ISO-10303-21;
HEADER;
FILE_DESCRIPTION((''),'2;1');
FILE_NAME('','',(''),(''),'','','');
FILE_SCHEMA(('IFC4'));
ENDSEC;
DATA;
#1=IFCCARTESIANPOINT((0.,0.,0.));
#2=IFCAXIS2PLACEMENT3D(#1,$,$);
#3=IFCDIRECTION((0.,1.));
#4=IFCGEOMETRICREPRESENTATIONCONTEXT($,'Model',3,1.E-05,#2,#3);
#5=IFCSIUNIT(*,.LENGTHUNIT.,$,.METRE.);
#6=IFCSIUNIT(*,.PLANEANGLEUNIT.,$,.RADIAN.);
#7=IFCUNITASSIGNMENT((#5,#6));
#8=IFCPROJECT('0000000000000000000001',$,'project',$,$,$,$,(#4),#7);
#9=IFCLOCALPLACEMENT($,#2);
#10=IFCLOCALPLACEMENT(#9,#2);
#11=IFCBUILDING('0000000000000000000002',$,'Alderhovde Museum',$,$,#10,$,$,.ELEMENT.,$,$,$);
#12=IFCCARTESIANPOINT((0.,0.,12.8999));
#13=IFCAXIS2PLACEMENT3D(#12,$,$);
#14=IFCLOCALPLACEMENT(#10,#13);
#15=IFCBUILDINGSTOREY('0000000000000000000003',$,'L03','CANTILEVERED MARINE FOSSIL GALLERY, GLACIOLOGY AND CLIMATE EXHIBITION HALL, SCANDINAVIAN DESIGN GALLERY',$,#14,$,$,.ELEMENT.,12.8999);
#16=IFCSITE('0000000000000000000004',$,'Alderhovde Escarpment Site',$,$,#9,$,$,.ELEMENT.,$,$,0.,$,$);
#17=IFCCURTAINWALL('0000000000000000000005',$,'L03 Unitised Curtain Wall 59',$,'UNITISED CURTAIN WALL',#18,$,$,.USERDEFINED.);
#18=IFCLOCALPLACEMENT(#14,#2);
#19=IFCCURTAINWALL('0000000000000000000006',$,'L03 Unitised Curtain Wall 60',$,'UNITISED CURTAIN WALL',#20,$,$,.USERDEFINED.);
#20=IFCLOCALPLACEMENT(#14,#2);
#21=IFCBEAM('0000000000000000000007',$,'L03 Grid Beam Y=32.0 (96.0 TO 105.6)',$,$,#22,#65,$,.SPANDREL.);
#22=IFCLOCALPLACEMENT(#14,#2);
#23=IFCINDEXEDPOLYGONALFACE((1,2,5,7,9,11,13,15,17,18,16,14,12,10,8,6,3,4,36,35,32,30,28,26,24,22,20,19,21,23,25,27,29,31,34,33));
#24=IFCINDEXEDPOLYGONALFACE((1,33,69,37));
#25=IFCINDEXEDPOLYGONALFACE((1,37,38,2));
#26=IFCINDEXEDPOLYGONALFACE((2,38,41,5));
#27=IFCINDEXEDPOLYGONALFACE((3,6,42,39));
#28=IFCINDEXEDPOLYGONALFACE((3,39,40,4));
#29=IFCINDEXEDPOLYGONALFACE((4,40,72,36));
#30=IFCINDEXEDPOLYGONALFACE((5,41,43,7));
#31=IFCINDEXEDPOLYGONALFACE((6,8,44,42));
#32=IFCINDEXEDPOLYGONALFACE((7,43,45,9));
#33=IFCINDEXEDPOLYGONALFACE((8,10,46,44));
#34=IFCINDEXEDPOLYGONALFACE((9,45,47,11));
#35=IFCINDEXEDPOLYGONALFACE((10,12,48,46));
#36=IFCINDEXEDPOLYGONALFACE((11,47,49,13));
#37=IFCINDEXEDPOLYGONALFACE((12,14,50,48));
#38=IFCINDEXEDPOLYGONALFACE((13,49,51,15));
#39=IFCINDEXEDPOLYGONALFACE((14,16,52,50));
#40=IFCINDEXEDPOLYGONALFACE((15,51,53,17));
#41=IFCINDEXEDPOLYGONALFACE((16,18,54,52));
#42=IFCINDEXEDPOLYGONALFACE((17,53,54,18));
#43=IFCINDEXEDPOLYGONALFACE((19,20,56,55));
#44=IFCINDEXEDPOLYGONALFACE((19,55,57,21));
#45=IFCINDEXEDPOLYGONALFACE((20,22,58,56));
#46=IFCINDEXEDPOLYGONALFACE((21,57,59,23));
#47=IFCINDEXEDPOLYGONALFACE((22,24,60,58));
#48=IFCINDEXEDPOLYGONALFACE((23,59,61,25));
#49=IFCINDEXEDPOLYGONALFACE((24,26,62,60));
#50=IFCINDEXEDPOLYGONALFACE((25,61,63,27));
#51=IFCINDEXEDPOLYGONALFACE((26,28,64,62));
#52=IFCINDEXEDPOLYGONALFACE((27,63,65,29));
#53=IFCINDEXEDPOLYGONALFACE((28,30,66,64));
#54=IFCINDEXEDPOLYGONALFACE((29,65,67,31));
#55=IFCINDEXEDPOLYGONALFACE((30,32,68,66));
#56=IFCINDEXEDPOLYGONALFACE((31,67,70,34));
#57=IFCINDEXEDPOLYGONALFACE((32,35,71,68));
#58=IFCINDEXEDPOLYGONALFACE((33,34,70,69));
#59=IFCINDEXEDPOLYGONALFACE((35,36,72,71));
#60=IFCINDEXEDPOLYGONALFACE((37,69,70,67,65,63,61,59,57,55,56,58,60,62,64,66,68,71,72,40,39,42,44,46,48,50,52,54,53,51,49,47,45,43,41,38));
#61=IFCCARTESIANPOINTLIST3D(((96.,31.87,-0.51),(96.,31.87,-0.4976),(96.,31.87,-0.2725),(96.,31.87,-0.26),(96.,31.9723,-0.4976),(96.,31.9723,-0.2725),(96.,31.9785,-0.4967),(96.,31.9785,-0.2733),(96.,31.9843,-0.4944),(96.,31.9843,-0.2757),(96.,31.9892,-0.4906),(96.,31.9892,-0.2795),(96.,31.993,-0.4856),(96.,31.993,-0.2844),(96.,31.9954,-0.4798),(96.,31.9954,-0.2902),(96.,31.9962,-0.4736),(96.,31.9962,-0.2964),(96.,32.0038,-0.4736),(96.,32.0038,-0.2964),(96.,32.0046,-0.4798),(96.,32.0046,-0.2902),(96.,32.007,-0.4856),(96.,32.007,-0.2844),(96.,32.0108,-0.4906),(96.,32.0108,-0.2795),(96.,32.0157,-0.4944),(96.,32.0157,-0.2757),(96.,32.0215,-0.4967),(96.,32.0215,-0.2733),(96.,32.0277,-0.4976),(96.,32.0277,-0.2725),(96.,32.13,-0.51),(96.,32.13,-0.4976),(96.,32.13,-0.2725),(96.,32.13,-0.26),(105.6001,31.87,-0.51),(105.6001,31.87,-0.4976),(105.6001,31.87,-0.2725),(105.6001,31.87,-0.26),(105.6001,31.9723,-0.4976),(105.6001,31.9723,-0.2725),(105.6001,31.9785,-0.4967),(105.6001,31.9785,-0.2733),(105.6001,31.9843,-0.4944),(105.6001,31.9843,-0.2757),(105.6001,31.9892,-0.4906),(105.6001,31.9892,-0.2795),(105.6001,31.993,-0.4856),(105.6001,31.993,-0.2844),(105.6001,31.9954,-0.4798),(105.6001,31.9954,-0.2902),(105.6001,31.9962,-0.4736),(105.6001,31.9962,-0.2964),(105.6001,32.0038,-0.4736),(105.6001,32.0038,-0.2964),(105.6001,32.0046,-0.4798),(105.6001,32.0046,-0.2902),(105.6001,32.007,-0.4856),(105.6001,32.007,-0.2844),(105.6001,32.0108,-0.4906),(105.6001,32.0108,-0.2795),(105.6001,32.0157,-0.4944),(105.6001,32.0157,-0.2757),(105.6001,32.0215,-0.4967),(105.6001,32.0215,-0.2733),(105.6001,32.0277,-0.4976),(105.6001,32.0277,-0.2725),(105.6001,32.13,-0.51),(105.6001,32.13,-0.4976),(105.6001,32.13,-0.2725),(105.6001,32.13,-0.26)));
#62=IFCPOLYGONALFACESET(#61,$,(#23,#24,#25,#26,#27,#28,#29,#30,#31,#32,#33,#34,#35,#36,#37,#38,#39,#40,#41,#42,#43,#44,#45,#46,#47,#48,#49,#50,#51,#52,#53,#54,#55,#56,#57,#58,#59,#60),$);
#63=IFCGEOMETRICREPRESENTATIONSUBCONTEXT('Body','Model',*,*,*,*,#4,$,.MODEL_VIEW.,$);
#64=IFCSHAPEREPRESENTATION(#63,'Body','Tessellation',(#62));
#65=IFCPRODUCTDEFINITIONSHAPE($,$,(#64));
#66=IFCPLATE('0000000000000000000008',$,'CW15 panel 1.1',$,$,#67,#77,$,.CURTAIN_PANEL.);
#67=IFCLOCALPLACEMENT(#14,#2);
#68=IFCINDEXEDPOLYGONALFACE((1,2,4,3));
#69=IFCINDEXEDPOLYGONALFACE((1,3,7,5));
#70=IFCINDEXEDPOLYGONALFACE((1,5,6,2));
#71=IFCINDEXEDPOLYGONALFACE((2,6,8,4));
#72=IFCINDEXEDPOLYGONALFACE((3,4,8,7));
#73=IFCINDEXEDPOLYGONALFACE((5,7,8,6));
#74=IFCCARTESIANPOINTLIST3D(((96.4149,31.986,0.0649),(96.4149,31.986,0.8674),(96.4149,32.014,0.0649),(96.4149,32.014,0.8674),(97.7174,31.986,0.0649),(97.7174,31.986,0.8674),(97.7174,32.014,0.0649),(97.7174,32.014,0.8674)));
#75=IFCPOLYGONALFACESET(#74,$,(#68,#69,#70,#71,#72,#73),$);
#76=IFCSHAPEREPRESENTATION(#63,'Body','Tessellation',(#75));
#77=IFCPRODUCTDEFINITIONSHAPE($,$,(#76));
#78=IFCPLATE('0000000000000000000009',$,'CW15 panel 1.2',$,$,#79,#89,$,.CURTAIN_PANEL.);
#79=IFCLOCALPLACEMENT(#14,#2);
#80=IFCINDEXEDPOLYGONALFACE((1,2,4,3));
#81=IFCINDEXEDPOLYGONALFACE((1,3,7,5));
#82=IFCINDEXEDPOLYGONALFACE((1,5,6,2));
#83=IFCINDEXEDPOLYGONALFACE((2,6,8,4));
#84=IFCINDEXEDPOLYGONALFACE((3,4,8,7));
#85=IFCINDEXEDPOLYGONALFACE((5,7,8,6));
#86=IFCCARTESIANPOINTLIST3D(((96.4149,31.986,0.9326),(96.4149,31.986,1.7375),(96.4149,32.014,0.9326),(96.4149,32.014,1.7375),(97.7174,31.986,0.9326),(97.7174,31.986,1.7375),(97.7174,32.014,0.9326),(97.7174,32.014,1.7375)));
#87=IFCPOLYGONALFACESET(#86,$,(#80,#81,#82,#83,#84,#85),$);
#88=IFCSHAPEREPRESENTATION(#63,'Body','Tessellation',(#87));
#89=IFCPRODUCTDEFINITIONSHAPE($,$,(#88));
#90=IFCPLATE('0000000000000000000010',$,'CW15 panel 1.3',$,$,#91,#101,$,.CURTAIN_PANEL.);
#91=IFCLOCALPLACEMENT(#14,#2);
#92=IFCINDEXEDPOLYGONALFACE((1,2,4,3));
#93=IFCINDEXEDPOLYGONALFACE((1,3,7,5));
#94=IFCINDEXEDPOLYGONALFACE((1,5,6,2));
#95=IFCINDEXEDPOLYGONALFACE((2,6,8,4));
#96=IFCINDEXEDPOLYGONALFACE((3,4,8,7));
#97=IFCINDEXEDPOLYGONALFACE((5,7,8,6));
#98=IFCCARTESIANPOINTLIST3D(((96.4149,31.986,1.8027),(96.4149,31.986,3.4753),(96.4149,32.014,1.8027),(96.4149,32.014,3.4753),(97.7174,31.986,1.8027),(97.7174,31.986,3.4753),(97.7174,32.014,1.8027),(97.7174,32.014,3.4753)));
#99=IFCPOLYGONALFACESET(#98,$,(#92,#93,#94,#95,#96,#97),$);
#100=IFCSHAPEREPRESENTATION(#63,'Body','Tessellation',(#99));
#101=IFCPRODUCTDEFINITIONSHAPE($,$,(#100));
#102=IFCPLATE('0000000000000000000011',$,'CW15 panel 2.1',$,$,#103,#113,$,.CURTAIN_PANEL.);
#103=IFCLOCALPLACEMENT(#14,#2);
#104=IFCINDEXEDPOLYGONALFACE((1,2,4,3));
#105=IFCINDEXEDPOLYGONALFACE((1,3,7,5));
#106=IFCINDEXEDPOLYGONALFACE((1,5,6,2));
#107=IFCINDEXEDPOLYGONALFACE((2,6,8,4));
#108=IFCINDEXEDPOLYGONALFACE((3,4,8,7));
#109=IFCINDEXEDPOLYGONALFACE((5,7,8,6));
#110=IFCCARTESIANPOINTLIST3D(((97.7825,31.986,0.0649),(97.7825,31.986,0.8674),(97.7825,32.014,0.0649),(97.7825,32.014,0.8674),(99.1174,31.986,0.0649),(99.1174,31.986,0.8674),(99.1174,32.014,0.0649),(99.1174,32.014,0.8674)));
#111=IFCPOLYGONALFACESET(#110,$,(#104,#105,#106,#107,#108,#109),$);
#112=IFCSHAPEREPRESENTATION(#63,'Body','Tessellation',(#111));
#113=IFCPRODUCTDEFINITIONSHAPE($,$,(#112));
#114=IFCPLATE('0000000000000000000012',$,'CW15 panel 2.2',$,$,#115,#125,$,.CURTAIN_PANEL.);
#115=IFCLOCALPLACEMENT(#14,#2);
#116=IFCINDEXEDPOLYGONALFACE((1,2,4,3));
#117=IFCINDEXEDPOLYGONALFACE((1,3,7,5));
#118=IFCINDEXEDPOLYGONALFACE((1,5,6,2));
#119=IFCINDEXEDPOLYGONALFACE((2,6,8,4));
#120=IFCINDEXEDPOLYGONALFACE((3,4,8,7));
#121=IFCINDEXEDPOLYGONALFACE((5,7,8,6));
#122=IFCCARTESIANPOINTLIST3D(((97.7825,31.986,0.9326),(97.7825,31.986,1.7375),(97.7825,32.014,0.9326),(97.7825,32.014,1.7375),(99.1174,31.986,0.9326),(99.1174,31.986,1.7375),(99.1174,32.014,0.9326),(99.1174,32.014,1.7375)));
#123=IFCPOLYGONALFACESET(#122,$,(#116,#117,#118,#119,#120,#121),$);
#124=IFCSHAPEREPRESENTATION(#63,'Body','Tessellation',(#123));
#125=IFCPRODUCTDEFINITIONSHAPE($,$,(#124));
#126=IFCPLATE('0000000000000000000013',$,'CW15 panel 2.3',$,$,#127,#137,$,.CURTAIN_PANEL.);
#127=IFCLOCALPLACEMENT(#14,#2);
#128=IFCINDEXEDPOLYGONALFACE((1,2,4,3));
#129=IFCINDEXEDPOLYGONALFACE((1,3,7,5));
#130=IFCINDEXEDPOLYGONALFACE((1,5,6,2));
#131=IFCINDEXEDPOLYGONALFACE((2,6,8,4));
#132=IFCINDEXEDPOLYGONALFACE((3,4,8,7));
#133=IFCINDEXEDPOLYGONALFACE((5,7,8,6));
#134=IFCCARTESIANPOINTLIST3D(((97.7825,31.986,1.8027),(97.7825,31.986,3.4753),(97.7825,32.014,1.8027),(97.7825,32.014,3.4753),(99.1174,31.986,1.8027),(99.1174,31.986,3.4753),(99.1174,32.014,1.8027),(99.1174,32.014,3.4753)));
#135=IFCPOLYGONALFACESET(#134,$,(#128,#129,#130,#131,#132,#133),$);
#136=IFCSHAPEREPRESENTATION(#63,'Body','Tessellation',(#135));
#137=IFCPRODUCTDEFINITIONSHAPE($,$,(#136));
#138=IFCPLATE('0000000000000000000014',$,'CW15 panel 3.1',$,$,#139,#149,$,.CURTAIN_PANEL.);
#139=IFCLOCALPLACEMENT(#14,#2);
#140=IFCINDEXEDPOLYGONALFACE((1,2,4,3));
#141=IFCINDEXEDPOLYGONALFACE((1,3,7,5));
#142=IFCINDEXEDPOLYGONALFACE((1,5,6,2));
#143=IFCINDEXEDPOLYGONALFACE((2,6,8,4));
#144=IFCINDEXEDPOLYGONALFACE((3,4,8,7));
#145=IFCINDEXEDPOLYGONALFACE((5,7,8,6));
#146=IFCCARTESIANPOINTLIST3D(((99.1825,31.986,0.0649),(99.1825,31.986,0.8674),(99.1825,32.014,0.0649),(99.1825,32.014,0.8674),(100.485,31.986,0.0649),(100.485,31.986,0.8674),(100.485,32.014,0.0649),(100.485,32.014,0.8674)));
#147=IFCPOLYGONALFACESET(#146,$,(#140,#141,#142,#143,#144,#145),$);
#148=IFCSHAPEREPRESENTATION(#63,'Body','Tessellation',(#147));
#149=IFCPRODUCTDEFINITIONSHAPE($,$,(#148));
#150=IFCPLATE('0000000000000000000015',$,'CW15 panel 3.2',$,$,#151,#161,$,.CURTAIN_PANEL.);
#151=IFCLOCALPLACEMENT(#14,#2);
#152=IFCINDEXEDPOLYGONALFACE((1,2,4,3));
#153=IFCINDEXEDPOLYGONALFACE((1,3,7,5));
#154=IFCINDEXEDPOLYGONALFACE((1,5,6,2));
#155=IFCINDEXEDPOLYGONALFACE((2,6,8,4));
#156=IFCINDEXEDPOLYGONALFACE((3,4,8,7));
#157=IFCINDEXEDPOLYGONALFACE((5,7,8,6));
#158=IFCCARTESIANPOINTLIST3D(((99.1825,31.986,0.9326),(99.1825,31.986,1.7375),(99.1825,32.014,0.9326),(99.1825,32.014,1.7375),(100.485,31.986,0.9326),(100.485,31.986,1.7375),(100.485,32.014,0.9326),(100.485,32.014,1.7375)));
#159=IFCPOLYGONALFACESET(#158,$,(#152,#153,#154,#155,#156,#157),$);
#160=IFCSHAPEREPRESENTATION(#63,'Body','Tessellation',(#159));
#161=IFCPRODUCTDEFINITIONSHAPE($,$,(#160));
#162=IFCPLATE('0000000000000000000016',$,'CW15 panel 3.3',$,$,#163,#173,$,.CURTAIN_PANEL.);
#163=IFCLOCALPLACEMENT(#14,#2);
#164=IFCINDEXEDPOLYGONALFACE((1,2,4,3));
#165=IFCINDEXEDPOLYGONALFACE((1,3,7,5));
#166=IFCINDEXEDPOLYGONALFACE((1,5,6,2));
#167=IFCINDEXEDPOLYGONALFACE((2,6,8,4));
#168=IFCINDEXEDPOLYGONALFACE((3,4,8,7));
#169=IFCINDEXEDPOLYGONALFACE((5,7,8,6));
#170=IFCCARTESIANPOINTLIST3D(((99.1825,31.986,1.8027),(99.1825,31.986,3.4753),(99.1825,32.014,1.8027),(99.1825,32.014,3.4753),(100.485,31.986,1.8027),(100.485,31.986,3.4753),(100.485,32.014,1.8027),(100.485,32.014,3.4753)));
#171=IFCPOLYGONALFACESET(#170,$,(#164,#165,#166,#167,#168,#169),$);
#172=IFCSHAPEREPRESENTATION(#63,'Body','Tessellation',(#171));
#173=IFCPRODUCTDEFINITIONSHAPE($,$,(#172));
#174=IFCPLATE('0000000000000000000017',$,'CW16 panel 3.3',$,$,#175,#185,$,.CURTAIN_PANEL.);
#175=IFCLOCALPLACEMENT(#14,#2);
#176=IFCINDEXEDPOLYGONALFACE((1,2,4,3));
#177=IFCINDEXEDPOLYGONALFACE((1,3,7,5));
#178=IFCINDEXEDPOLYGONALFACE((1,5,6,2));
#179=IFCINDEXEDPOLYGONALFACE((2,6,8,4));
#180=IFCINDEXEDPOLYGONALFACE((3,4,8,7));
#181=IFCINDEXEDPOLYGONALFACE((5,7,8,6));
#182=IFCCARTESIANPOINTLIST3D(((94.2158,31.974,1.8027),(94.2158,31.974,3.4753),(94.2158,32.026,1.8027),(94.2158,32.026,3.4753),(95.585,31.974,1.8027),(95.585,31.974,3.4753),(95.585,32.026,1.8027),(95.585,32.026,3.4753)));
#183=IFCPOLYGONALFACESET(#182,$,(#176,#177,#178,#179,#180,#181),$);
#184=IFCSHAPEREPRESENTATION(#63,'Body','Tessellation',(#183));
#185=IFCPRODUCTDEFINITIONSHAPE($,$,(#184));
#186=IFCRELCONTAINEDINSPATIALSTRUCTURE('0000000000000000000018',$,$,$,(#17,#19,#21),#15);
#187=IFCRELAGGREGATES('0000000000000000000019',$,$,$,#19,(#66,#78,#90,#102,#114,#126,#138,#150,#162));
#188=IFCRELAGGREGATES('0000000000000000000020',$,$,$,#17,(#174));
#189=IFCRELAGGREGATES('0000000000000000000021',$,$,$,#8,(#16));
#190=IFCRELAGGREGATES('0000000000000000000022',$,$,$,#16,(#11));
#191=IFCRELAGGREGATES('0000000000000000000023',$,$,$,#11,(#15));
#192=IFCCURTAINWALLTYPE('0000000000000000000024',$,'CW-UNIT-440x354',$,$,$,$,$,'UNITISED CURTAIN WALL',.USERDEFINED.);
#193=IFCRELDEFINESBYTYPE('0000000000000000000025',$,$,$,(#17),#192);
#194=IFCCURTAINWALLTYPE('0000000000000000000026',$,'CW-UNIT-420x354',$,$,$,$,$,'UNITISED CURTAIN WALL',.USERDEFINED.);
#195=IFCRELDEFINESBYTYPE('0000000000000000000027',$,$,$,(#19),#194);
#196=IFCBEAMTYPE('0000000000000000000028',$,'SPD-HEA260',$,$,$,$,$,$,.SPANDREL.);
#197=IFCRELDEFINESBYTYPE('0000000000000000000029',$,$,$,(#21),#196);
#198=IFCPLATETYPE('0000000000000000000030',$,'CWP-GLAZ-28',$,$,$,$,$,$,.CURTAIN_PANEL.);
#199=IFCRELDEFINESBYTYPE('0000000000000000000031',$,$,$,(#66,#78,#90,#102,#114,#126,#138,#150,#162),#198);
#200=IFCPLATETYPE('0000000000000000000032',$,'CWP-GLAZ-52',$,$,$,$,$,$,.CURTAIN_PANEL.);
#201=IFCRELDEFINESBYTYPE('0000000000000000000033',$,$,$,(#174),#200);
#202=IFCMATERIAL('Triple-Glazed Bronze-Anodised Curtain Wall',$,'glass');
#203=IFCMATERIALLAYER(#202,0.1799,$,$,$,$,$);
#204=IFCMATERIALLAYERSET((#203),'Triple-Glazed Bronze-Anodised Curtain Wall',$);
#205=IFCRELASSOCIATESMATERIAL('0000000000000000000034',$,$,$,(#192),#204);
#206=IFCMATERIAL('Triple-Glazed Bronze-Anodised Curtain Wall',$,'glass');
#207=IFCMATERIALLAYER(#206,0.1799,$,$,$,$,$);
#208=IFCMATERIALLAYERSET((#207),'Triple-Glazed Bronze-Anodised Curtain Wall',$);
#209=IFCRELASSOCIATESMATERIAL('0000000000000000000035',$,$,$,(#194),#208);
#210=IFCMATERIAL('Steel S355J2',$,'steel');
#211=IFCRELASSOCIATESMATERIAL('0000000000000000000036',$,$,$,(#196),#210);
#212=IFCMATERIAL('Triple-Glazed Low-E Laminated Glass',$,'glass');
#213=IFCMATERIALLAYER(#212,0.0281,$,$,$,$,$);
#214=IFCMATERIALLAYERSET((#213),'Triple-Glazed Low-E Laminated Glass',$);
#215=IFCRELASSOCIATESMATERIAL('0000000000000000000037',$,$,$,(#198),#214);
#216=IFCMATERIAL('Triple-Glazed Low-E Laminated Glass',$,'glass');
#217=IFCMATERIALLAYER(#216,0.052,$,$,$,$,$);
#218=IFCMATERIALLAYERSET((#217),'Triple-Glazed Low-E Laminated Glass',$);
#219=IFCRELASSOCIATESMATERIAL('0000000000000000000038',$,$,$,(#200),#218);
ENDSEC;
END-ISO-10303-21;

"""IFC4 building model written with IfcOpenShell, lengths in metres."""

from ifc_helpers import new_model, si_unit, direction, frame, origin, origin_2d, place, context, subcontext, project, spatial, rectangle, i_section, extrude, material, layer, layer_set, material_profile, profile_set, type_object, element, aggregate, save


model = new_model("IFC4")

# Units and contexts
model_context = context("Model", 3, precision=1e-05, world=origin(), true_north=direction((0.0, 1.0)))
body_context = subcontext(model_context, "Body", "Model", "MODEL_VIEW")
ifc_project = project(units=[si_unit("LENGTHUNIT", "METRE"), si_unit("PLANEANGLEUNIT", "RADIAN")], contexts=[model_context])

# Site, building, storey
site_placement = place(None, origin())
site = spatial("IfcSite", under=ifc_project, at=site_placement, Name="Alderhovde Escarpment Site", CompositionType="ELEMENT", RefElevation=0.0)
building_placement = place(site_placement, origin())
building = spatial("IfcBuilding", under=site, at=building_placement, Name="Alderhovde Museum", CompositionType="ELEMENT")
storey_placement = place(building_placement, frame((0.0, 0.0, 12.8999)))
storey = spatial("IfcBuildingStorey", under=building, at=storey_placement, Name="L03", Description="CANTILEVERED MARINE FOSSIL GALLERY, GLACIOLOGY AND CLIMATE EXHIBITION HALL, SCANDINAVIAN DESIGN GALLERY", CompositionType="ELEMENT", Elevation=12.8999)

# Curtain wall
ifc_material_1 = material(Name="Triple-Glazed Bronze-Anodised Curtain Wall", Category="glass")
ifc_layer_1 = layer(ifc_material_1, 0.1799)
ifc_layer_set_1 = layer_set([ifc_layer_1], Name="Triple-Glazed Bronze-Anodised Curtain Wall")
curtain_wall_type_1 = type_object("IfcCurtainWallType", Name="CW-UNIT-440x354", ElementType="UNITISED CURTAIN WALL", PredefinedType="USERDEFINED", material=ifc_layer_set_1)
curtain_wall_1_placement = place(storey_placement, origin())
curtain_wall_1 = element("IfcCurtainWall", 1, at=curtain_wall_1_placement, inside=storey, type_object=curtain_wall_type_1, Name="L03 Unitised Curtain Wall 59", ObjectType="UNITISED CURTAIN WALL", PredefinedType="USERDEFINED")

# Curtain wall
ifc_material_2 = material(Name="Triple-Glazed Bronze-Anodised Curtain Wall", Category="glass")
ifc_layer_2 = layer(ifc_material_2, 0.1799)
ifc_layer_set_2 = layer_set([ifc_layer_2], Name="Triple-Glazed Bronze-Anodised Curtain Wall")
curtain_wall_type_2 = type_object("IfcCurtainWallType", Name="CW-UNIT-420x354", ElementType="UNITISED CURTAIN WALL", PredefinedType="USERDEFINED", material=ifc_layer_set_2)
curtain_wall_2_placement = place(storey_placement, origin())
curtain_wall_2 = element("IfcCurtainWall", 2, at=curtain_wall_2_placement, inside=storey, type_object=curtain_wall_type_2, Name="L03 Unitised Curtain Wall 60", ObjectType="UNITISED CURTAIN WALL", PredefinedType="USERDEFINED")

# Beam
ifc_material_3 = material(Name="Steel S355J2", Category="steel")
ifc_material_profile_1 = material_profile(ifc_material_3, i_section(OverallWidth=0.26, OverallDepth=0.25, WebThickness=0.0076, FlangeThickness=0.0125, FilletRadius=0.0239, at=origin_2d()), Name="HEA 260")
ifc_profile_set_1 = profile_set([ifc_material_profile_1], Name="Steel S355J2")
beam_type_1 = type_object("IfcBeamType", Name="SPD-HEA260", PredefinedType="SPANDREL", material=ifc_profile_set_1)
beam_1_placement = place(storey_placement, frame((96.0, 32.0, -0.385), z_axis=(1.0, 0.0, 0.0), x_axis=(0.0, 1.0, 0.0)))
element("IfcBeam", 3, at=beam_1_placement, inside=storey, type_object=beam_type_1, Name="L03 Grid Beam Y=32.0 (96.0 TO 105.6)", PredefinedType="SPANDREL", context=body_context, shape_type="SweptSolid", body=[
    extrude(i_section(OverallWidth=0.26, OverallDepth=0.25, WebThickness=0.0076, FlangeThickness=0.0125, FilletRadius=0.0239, at=origin_2d()), origin(), (0.0, 0.0, 1.0), 9.6001),
])

# Plates
ifc_material_4 = material(Name="Triple-Glazed Low-E Laminated Glass", Category="glass")
ifc_layer_3 = layer(ifc_material_4, 0.0281)
ifc_layer_set_3 = layer_set([ifc_layer_3], Name="Triple-Glazed Low-E Laminated Glass")
plate_type_1 = type_object("IfcPlateType", Name="CWP-GLAZ-28", PredefinedType="CURTAIN_PANEL", material=ifc_layer_set_3)
plate_1_placement = place(storey_placement, frame((97.0662, 32.0, 0.0649), z_axis=(0.0, 0.0, 1.0), x_axis=(1.0, 0.0, 0.0)))
plate_1 = element("IfcPlate", 4, at=plate_1_placement, type_object=plate_type_1, Name="CW15 panel 1.1", PredefinedType="CURTAIN_PANEL", context=body_context, shape_type="SweptSolid", body=[
    extrude(rectangle(XDim=1.3025, YDim=0.0281, at=origin_2d()), origin(), (0.0, 0.0, 1.0), 0.8025),
])
plate_2_placement = place(storey_placement, frame((97.0662, 32.0, 0.9326), z_axis=(0.0, 0.0, 1.0), x_axis=(1.0, 0.0, 0.0)))
plate_2 = element("IfcPlate", 5, at=plate_2_placement, type_object=plate_type_1, Name="CW15 panel 1.2", PredefinedType="CURTAIN_PANEL", context=body_context, shape_type="SweptSolid", body=[
    extrude(rectangle(XDim=1.3025, YDim=0.0281, at=origin_2d()), origin(), (0.0, 0.0, 1.0), 0.8049),
])
plate_3_placement = place(storey_placement, frame((97.0662, 32.0, 1.8027), z_axis=(0.0, 0.0, 1.0), x_axis=(1.0, 0.0, 0.0)))
plate_3 = element("IfcPlate", 6, at=plate_3_placement, type_object=plate_type_1, Name="CW15 panel 1.3", PredefinedType="CURTAIN_PANEL", context=body_context, shape_type="SweptSolid", body=[
    extrude(rectangle(XDim=1.3025, YDim=0.0281, at=origin_2d()), origin(), (0.0, 0.0, 1.0), 1.6726),
])
plate_4_placement = place(storey_placement, frame((98.45, 32.0, 0.0649), z_axis=(0.0, 0.0, 1.0), x_axis=(1.0, 0.0, 0.0)))
plate_4 = element("IfcPlate", 7, at=plate_4_placement, type_object=plate_type_1, Name="CW15 panel 2.1", PredefinedType="CURTAIN_PANEL", context=body_context, shape_type="SweptSolid", body=[
    extrude(rectangle(XDim=1.335, YDim=0.0281, at=origin_2d()), origin(), (0.0, 0.0, 1.0), 0.8025),
])
plate_5_placement = place(storey_placement, frame((98.45, 32.0, 0.9326), z_axis=(0.0, 0.0, 1.0), x_axis=(1.0, 0.0, 0.0)))
plate_5 = element("IfcPlate", 8, at=plate_5_placement, type_object=plate_type_1, Name="CW15 panel 2.2", PredefinedType="CURTAIN_PANEL", context=body_context, shape_type="SweptSolid", body=[
    extrude(rectangle(XDim=1.335, YDim=0.0281, at=origin_2d()), origin(), (0.0, 0.0, 1.0), 0.8049),
])
plate_6_placement = place(storey_placement, frame((98.45, 32.0, 1.8027), z_axis=(0.0, 0.0, 1.0), x_axis=(1.0, 0.0, 0.0)))
plate_6 = element("IfcPlate", 9, at=plate_6_placement, type_object=plate_type_1, Name="CW15 panel 2.3", PredefinedType="CURTAIN_PANEL", context=body_context, shape_type="SweptSolid", body=[
    extrude(rectangle(XDim=1.335, YDim=0.0281, at=origin_2d()), origin(), (0.0, 0.0, 1.0), 1.6726),
])
plate_7_placement = place(storey_placement, frame((99.8337, 32.0, 0.0649), z_axis=(0.0, 0.0, 1.0), x_axis=(1.0, 0.0, 0.0)))
plate_7 = element("IfcPlate", 10, at=plate_7_placement, type_object=plate_type_1, Name="CW15 panel 3.1", PredefinedType="CURTAIN_PANEL", context=body_context, shape_type="SweptSolid", body=[
    extrude(rectangle(XDim=1.3025, YDim=0.0281, at=origin_2d()), origin(), (0.0, 0.0, 1.0), 0.8025),
])
plate_8_placement = place(storey_placement, frame((99.8337, 32.0, 0.9326), z_axis=(0.0, 0.0, 1.0), x_axis=(1.0, 0.0, 0.0)))
plate_8 = element("IfcPlate", 11, at=plate_8_placement, type_object=plate_type_1, Name="CW15 panel 3.2", PredefinedType="CURTAIN_PANEL", context=body_context, shape_type="SweptSolid", body=[
    extrude(rectangle(XDim=1.3025, YDim=0.0281, at=origin_2d()), origin(), (0.0, 0.0, 1.0), 0.8049),
])
plate_9_placement = place(storey_placement, frame((99.8337, 32.0, 1.8027), z_axis=(0.0, 0.0, 1.0), x_axis=(1.0, 0.0, 0.0)))
plate_9 = element("IfcPlate", 12, at=plate_9_placement, type_object=plate_type_1, Name="CW15 panel 3.3", PredefinedType="CURTAIN_PANEL", context=body_context, shape_type="SweptSolid", body=[
    extrude(rectangle(XDim=1.3025, YDim=0.0281, at=origin_2d()), origin(), (0.0, 0.0, 1.0), 1.6726),
])
aggregate(curtain_wall_2, [plate_1, plate_2, plate_3, plate_4, plate_5, plate_6, plate_7, plate_8, plate_9])
ifc_material_5 = material(Name="Triple-Glazed Low-E Laminated Glass", Category="glass")
ifc_layer_4 = layer(ifc_material_5, 0.052)
ifc_layer_set_4 = layer_set([ifc_layer_4], Name="Triple-Glazed Low-E Laminated Glass")
plate_type_2 = type_object("IfcPlateType", Name="CWP-GLAZ-52", PredefinedType="CURTAIN_PANEL", material=ifc_layer_set_4)
plate_10_placement = place(storey_placement, frame((94.9004, 32.0, 1.8027), z_axis=(0.0, 0.0, 1.0), x_axis=(1.0, 0.0, 0.0)))
plate_10 = element("IfcPlate", 13, at=plate_10_placement, type_object=plate_type_2, Name="CW16 panel 3.3", PredefinedType="CURTAIN_PANEL", context=body_context, shape_type="SweptSolid", body=[
    extrude(rectangle(XDim=1.3691, YDim=0.052, at=origin_2d()), origin(), (0.0, 0.0, 1.0), 1.6726),
])
aggregate(curtain_wall_1, [plate_10])

save(model, "model.ifc")
